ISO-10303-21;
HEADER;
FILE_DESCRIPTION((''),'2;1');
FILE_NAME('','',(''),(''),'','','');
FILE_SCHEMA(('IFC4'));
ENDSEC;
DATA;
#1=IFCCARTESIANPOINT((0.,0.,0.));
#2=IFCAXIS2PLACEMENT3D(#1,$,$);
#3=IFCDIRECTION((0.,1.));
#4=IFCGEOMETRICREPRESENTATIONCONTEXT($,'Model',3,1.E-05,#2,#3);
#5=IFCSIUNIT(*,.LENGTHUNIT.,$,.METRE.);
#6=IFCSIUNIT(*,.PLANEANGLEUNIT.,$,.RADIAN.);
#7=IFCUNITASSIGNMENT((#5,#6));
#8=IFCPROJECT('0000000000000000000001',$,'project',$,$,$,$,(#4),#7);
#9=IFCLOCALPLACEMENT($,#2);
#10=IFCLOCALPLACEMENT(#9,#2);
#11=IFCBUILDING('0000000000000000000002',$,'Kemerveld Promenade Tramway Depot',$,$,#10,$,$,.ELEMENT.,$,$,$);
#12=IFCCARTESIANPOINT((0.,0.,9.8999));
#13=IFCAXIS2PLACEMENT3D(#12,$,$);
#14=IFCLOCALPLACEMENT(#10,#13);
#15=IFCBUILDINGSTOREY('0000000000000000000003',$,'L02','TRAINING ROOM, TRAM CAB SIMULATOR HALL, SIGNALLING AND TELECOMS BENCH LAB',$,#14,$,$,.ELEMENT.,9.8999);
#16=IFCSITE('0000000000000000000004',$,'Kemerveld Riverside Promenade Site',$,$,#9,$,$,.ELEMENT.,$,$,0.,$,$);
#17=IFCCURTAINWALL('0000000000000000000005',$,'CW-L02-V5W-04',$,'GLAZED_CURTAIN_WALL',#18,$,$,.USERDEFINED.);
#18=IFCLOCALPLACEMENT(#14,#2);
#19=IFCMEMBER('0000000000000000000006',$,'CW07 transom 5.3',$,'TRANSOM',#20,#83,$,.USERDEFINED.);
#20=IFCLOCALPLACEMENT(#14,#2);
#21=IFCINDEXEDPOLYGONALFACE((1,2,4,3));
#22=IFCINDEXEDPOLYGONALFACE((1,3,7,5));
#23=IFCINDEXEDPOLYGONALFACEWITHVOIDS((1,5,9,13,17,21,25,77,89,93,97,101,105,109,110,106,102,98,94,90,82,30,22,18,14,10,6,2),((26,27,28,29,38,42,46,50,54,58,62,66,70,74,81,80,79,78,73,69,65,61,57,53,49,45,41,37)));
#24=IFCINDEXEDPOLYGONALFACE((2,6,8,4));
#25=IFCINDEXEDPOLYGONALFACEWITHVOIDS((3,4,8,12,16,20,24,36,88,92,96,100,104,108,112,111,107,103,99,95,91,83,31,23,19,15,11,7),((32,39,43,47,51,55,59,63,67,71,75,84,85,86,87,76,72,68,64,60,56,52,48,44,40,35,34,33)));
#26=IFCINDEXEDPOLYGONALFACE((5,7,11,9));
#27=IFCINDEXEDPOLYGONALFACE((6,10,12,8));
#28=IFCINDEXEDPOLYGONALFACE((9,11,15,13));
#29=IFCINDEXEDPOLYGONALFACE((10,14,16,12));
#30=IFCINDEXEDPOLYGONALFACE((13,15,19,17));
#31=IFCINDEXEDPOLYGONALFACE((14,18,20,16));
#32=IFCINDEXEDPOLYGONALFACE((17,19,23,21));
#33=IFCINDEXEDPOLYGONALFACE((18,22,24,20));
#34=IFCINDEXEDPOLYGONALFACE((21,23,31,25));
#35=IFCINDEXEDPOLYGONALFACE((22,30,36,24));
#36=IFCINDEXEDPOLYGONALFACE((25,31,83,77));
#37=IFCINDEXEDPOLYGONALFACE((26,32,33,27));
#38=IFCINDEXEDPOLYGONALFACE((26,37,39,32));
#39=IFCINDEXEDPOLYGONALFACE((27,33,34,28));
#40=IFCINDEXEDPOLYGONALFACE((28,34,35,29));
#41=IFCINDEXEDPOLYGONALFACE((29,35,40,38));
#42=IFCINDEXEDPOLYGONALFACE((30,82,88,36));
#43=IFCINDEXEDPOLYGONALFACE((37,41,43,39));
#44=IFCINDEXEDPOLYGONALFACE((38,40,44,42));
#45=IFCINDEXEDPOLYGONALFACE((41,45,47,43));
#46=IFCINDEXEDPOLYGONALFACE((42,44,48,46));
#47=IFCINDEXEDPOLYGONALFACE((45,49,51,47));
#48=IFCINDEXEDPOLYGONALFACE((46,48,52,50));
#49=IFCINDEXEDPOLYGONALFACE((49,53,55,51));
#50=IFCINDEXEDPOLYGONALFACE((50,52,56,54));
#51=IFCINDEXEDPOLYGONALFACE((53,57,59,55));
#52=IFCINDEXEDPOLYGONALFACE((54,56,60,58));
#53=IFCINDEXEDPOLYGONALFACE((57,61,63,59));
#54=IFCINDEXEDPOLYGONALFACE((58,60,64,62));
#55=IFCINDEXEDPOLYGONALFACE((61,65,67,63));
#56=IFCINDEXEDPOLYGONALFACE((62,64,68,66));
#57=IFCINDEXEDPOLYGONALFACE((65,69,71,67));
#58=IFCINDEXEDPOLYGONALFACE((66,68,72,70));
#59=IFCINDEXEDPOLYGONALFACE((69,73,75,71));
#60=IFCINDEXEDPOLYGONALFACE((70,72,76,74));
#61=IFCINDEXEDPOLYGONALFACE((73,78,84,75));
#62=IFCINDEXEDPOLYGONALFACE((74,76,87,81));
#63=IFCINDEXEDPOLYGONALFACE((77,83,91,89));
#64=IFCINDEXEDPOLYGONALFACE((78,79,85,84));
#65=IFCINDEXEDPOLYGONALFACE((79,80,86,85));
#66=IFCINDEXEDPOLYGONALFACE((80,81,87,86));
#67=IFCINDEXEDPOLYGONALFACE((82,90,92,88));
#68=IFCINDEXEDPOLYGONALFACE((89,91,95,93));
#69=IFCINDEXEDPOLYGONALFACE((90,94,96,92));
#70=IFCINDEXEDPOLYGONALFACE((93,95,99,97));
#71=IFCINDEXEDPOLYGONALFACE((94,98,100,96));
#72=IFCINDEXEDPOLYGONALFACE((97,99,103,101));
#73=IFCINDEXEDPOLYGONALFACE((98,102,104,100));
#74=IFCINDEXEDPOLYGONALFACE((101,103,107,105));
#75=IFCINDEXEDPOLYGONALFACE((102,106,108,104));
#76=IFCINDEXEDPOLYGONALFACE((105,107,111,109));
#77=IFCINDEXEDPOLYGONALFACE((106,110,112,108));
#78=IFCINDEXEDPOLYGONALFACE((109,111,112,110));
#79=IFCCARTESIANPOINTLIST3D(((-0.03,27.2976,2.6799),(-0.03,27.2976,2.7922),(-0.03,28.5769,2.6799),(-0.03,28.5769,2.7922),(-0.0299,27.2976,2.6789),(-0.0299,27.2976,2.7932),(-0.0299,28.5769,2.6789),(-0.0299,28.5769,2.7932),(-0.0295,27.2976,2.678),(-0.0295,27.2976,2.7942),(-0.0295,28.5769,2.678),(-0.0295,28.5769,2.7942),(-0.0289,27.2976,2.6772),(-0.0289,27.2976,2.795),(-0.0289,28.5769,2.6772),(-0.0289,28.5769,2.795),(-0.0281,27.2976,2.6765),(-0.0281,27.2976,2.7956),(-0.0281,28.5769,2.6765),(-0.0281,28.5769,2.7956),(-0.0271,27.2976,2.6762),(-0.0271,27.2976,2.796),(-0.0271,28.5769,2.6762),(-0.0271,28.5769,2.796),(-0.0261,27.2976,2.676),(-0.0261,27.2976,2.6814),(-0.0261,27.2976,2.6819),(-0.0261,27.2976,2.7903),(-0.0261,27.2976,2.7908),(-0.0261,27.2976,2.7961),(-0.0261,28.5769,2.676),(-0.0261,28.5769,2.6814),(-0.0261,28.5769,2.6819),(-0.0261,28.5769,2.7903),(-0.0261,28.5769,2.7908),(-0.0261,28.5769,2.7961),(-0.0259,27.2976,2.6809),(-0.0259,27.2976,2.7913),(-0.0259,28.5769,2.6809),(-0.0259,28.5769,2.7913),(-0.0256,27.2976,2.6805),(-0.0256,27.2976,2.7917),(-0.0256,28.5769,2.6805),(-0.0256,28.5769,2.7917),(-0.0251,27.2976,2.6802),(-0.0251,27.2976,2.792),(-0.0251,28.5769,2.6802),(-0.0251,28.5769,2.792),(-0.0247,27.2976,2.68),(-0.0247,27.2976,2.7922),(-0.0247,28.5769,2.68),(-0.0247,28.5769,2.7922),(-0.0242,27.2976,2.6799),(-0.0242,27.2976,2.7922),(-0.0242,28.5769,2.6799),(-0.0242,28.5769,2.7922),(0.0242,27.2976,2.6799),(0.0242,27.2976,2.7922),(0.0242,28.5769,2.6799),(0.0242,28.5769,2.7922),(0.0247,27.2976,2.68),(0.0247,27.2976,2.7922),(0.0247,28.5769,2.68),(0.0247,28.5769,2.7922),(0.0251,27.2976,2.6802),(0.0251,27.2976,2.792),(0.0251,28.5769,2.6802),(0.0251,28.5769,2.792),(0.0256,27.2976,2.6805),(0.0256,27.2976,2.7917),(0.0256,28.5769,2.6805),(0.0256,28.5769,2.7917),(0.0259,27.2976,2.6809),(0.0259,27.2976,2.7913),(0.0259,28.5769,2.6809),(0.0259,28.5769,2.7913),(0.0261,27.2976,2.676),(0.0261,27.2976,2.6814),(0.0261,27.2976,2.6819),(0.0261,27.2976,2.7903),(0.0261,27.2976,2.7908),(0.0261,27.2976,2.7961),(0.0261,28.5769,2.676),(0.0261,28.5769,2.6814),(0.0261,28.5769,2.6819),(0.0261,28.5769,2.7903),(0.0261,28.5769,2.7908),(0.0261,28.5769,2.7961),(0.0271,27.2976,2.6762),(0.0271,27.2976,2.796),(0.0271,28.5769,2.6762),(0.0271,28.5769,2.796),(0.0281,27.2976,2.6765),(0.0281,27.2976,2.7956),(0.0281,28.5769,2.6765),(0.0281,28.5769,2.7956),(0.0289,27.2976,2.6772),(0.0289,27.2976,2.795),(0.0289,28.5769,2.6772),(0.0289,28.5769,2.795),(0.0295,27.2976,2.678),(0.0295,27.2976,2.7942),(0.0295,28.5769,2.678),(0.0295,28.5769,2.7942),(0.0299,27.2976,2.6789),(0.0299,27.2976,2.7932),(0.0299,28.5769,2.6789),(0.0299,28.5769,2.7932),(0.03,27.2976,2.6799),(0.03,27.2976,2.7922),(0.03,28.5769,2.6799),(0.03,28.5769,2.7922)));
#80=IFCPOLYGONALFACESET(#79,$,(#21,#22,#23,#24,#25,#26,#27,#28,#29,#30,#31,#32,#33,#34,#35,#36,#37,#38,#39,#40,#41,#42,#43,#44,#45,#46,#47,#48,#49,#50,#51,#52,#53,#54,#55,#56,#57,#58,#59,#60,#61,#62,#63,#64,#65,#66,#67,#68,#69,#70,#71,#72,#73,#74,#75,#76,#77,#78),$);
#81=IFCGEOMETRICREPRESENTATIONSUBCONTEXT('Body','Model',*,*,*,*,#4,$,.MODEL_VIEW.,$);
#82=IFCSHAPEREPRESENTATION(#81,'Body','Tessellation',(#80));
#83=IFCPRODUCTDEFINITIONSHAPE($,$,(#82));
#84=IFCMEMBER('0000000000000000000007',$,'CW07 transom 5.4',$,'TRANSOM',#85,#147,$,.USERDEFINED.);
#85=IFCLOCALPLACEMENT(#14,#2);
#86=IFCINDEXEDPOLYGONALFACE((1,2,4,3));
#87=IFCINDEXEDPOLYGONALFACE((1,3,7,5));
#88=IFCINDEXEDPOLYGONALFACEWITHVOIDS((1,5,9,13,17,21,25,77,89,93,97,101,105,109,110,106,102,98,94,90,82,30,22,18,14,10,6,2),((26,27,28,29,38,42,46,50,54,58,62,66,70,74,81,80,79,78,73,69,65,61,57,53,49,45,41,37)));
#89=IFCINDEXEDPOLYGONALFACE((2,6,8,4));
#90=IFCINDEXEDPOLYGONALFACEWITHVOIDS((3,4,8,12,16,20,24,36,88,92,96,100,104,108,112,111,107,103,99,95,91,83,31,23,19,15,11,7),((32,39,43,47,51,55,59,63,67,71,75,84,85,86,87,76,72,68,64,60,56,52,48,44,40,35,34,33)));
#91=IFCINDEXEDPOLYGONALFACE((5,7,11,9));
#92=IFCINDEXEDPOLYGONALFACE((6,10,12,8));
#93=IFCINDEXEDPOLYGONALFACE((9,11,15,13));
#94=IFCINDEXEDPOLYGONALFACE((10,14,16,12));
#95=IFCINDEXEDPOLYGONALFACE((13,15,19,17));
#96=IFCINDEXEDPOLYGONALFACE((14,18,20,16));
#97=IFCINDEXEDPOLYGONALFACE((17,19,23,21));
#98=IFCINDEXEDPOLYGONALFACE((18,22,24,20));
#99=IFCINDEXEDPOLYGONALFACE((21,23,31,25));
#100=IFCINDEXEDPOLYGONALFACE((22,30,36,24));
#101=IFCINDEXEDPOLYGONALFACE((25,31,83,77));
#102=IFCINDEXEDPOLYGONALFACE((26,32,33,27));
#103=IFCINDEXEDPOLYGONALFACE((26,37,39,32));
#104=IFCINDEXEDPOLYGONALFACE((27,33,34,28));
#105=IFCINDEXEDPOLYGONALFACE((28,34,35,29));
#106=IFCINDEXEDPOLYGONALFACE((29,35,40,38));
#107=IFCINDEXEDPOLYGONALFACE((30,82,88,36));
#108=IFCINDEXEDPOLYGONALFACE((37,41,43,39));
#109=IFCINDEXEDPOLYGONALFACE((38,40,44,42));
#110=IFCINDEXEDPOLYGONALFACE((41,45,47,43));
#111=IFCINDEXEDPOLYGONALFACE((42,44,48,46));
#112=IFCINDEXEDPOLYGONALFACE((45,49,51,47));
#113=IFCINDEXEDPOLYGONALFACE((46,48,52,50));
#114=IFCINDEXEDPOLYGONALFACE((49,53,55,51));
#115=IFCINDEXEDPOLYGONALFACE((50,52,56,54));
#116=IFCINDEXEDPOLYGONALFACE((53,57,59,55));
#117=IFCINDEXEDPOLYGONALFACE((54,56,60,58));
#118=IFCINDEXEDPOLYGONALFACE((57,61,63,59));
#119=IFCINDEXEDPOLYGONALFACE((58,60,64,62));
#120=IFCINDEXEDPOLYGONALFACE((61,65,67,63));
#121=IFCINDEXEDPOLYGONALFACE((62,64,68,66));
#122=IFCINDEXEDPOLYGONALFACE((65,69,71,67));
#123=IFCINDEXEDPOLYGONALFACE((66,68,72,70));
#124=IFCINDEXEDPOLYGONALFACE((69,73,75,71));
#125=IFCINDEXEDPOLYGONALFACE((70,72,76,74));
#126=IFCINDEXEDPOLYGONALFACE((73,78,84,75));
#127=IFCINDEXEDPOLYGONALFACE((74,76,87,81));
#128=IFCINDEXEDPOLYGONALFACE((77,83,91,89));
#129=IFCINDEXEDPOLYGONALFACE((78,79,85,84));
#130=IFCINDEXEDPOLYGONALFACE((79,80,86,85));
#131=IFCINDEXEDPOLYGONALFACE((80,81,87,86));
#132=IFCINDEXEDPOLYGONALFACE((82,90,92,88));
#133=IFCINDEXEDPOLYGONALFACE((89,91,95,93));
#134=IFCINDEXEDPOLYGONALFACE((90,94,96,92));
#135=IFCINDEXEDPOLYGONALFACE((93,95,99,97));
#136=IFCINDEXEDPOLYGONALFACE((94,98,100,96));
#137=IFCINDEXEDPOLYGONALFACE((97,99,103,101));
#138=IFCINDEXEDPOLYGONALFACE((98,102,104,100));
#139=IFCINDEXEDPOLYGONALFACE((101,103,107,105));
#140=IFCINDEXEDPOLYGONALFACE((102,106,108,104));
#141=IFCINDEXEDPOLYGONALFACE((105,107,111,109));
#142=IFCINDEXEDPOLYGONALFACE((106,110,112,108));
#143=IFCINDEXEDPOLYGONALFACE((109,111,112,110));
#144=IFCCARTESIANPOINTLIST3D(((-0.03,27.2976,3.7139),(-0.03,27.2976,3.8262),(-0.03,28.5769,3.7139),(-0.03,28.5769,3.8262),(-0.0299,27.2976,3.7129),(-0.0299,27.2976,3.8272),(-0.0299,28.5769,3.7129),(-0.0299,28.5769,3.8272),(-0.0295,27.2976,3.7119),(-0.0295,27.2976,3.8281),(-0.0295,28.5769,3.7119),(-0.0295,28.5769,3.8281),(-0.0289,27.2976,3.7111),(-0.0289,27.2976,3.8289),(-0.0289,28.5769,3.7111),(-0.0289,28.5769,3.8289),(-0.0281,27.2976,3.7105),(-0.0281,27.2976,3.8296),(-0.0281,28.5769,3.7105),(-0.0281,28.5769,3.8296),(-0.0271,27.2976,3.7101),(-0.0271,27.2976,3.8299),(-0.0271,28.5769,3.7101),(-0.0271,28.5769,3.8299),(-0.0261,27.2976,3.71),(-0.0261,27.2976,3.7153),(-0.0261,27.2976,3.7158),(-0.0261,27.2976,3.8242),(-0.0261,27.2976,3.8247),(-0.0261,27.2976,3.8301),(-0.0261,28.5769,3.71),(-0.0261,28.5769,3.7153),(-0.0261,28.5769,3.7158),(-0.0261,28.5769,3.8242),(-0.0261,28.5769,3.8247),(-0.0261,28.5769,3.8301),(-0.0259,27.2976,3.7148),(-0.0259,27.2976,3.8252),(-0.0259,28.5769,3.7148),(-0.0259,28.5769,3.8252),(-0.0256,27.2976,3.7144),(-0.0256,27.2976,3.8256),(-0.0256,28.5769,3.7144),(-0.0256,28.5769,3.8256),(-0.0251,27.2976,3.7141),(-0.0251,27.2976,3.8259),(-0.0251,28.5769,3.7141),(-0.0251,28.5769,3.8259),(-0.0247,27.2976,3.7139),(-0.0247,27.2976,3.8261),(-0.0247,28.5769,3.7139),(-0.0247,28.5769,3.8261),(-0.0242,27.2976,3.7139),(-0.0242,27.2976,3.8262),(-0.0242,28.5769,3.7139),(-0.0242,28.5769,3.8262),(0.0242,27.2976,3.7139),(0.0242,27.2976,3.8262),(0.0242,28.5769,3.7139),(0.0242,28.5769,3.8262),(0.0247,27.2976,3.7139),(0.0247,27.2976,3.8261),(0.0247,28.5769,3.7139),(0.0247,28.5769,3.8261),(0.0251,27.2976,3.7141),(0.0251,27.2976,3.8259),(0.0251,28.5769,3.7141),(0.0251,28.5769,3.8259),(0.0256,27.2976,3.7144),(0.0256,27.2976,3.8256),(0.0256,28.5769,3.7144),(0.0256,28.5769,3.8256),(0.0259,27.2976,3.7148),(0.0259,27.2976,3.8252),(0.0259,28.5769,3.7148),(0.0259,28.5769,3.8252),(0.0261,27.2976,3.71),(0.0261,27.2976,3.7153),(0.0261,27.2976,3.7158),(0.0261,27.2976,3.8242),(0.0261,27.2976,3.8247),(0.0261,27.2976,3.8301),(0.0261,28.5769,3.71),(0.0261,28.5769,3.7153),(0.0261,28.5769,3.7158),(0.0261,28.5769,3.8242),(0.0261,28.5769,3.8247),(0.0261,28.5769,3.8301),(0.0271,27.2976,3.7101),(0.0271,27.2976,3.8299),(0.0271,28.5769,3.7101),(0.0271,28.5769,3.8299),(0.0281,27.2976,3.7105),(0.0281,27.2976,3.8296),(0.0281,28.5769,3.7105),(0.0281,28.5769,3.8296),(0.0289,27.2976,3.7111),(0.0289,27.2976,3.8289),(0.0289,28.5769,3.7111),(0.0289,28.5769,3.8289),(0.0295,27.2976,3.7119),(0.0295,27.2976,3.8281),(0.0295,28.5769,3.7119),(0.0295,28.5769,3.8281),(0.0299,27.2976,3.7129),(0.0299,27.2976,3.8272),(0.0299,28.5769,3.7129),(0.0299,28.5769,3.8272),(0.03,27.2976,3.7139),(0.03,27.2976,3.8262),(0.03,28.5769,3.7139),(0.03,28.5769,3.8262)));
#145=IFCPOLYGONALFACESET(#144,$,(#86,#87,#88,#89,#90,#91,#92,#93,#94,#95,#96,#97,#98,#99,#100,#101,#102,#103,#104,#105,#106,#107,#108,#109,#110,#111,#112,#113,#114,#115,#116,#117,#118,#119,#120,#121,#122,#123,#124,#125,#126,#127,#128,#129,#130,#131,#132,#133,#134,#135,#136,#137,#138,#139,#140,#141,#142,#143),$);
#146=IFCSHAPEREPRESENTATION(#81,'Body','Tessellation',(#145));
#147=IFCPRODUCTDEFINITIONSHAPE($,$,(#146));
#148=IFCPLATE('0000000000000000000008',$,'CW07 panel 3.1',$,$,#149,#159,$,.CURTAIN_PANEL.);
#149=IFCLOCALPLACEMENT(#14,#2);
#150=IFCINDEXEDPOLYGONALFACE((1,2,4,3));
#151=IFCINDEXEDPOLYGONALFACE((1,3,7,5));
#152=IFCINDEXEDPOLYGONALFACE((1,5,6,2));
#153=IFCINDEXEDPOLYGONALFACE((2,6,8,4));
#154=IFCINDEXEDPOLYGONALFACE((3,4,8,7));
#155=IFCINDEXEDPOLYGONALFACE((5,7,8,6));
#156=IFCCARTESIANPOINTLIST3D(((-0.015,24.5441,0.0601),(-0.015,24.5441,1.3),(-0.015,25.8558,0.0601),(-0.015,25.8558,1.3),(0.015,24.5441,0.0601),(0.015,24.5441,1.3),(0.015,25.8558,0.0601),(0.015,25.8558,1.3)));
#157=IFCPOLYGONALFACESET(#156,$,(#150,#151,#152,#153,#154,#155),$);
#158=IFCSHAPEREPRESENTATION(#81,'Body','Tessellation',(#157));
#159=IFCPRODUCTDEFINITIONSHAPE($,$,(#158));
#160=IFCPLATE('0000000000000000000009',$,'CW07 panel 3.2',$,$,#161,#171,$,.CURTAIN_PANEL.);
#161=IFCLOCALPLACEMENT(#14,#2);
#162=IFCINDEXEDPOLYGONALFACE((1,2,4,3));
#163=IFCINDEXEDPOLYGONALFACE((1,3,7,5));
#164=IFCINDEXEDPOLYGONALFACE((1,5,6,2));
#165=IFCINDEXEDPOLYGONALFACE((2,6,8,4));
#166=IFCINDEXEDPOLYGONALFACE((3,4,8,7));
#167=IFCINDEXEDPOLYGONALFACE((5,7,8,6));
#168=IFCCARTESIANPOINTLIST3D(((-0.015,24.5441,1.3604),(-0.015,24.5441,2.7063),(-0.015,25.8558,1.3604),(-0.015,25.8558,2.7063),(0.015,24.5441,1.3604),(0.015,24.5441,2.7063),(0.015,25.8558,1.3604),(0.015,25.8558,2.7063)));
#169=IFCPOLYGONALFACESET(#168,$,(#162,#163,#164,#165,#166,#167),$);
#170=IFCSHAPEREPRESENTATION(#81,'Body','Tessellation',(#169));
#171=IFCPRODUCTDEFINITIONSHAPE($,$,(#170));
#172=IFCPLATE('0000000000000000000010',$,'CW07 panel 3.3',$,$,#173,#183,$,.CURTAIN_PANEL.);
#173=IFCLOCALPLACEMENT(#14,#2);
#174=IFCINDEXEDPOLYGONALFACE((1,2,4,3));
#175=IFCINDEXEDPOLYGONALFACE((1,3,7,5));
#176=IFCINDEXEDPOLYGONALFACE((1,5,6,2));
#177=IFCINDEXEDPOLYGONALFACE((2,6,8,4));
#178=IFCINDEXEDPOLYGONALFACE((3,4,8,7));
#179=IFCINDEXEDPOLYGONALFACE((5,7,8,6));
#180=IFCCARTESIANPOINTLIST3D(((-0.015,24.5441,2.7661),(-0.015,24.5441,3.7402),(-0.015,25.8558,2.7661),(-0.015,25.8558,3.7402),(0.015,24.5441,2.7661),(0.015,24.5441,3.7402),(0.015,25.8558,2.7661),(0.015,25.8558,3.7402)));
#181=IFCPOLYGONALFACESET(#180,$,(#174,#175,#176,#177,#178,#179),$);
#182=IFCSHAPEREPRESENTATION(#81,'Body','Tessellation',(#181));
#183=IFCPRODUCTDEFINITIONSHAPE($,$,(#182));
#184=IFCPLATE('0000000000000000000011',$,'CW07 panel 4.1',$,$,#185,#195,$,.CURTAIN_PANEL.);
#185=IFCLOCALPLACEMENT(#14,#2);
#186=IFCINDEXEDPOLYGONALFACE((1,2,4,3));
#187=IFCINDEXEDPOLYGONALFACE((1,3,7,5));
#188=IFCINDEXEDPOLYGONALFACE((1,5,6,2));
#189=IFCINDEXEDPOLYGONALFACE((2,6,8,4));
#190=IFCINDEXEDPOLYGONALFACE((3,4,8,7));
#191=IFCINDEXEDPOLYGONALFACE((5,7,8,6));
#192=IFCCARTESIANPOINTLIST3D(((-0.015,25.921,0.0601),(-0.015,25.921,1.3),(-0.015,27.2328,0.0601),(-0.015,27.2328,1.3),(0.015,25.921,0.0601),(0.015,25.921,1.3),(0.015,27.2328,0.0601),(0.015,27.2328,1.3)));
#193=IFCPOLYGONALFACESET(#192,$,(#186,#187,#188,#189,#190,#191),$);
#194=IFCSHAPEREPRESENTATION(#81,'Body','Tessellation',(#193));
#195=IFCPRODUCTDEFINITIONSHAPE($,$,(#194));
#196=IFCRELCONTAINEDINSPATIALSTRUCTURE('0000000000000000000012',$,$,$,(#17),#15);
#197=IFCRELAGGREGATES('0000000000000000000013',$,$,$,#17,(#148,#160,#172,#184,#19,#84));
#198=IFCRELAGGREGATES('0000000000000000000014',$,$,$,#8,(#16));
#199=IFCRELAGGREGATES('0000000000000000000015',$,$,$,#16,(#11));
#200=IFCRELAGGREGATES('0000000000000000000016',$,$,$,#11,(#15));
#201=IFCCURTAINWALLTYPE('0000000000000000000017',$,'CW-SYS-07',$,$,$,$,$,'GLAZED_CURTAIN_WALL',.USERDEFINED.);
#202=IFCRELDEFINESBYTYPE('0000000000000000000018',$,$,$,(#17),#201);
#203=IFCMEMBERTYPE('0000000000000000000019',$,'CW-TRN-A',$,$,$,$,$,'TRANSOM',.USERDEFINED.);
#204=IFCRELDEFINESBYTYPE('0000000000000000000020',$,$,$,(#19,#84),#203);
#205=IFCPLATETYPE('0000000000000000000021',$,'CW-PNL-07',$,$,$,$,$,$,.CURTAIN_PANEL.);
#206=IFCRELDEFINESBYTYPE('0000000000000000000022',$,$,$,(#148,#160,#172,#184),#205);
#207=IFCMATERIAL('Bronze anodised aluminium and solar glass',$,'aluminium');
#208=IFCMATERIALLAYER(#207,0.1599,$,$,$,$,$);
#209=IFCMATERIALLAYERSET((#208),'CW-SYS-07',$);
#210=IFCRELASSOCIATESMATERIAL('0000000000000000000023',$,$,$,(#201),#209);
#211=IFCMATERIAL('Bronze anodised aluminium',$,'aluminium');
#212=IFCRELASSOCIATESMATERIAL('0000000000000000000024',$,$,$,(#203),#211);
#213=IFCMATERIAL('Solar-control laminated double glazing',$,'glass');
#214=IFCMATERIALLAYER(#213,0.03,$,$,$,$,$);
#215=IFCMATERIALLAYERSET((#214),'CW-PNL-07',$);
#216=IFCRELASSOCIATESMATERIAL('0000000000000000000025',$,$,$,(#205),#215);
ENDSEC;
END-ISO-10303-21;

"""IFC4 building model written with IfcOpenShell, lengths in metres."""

from ifc_helpers import new_model, si_unit, direction, frame, origin, origin_2d, place, context, subcontext, project, spatial, rectangle, hollow_rectangle, extrude, material, layer, layer_set, material_profile, profile_set, type_object, element, aggregate, save


model = new_model("IFC4")

# Units and contexts
model_context = context("Model", 3, precision=1e-05, world=origin(), true_north=direction((0.0, 1.0)))
body_context = subcontext(model_context, "Body", "Model", "MODEL_VIEW")
ifc_project = project(units=[si_unit("LENGTHUNIT", "METRE"), si_unit("PLANEANGLEUNIT", "RADIAN")], contexts=[model_context])

# Site, building, storey
site_placement = place(None, origin())
site = spatial("IfcSite", under=ifc_project, at=site_placement, Name="Kemerveld Riverside Promenade Site", CompositionType="ELEMENT", RefElevation=0.0)
building_placement = place(site_placement, origin())
building = spatial("IfcBuilding", under=site, at=building_placement, Name="Kemerveld Promenade Tramway Depot", CompositionType="ELEMENT")
storey_placement = place(building_placement, frame((0.0, 0.0, 9.8999)))
storey = spatial("IfcBuildingStorey", under=building, at=storey_placement, Name="L02", Description="TRAINING ROOM, TRAM CAB SIMULATOR HALL, SIGNALLING AND TELECOMS BENCH LAB", CompositionType="ELEMENT", Elevation=9.8999)

# Curtain wall, members, plates
ifc_material_1 = material(Name="Bronze anodised aluminium and solar glass", Category="aluminium")
ifc_layer_1 = layer(ifc_material_1, 0.1599)
ifc_layer_set_1 = layer_set([ifc_layer_1], Name="CW-SYS-07")
curtain_wall_type = type_object("IfcCurtainWallType", Name="CW-SYS-07", ElementType="GLAZED_CURTAIN_WALL", PredefinedType="USERDEFINED", material=ifc_layer_set_1)
curtain_wall_placement = place(storey_placement, origin())
curtain_wall = element("IfcCurtainWall", 1, at=curtain_wall_placement, inside=storey, type_object=curtain_wall_type, Name="CW-L02-V5W-04", ObjectType="GLAZED_CURTAIN_WALL", PredefinedType="USERDEFINED")
ifc_material_2 = material(Name="Bronze anodised aluminium", Category="aluminium")
ifc_material_profile_1 = material_profile(ifc_material_2, hollow_rectangle(XDim=0.0601, YDim=0.1201, WallThickness=0.0039, InnerFilletRadius=0.002, OuterFilletRadius=0.0039, at=origin_2d()), Name="CW-TRN-120x60")
ifc_profile_set_1 = profile_set([ifc_material_profile_1], Name="Bronze anodised aluminium")
member_type_1 = type_object("IfcMemberType", Name="CW-TRN-A", ElementType="TRANSOM", PredefinedType="USERDEFINED", material=ifc_profile_set_1)
member_1_placement = place(storey_placement, frame((0.0, 27.2976, 2.7361), z_axis=(0.0, 1.0, 0.0), x_axis=(-1.0, 0.0, 0.0)))
member_1 = element("IfcMember", 2, at=member_1_placement, type_object=member_type_1, Name="CW07 transom 5.3", ObjectType="TRANSOM", PredefinedType="USERDEFINED", context=body_context, shape_type="SweptSolid", body=[
    extrude(hollow_rectangle(XDim=0.0601, YDim=0.1201, WallThickness=0.0039, InnerFilletRadius=0.002, OuterFilletRadius=0.0039, at=origin_2d()), origin(), (0.0, 0.0, 1.0), 1.2793),
])
member_2_placement = place(storey_placement, frame((0.0, 27.2976, 3.77), z_axis=(0.0, 1.0, 0.0), x_axis=(-1.0, 0.0, 0.0)))
member_2 = element("IfcMember", 3, at=member_2_placement, type_object=member_type_1, Name="CW07 transom 5.4", ObjectType="TRANSOM", PredefinedType="USERDEFINED", context=body_context, shape_type="SweptSolid", body=[
    extrude(hollow_rectangle(XDim=0.0601, YDim=0.1201, WallThickness=0.0039, InnerFilletRadius=0.002, OuterFilletRadius=0.0039, at=origin_2d()), origin(), (0.0, 0.0, 1.0), 1.2793),
])
ifc_material_3 = material(Name="Solar-control laminated double glazing", Category="glass")
ifc_layer_2 = layer(ifc_material_3, 0.03)
ifc_layer_set_2 = layer_set([ifc_layer_2], Name="CW-PNL-07")
plate_type = type_object("IfcPlateType", Name="CW-PNL-07", PredefinedType="CURTAIN_PANEL", material=ifc_layer_set_2)
plate_1_placement = place(storey_placement, frame((0.0, 25.2, 0.0601), z_axis=(0.0, 0.0, 1.0), x_axis=(0.0, 1.0, 0.0)))
plate_1 = element("IfcPlate", 4, at=plate_1_placement, type_object=plate_type, Name="CW07 panel 3.1", PredefinedType="CURTAIN_PANEL", context=body_context, shape_type="SweptSolid", body=[
    extrude(rectangle(XDim=1.3118, YDim=0.03, at=origin_2d()), origin(), (0.0, 0.0, 1.0), 1.24),
])
plate_2_placement = place(storey_placement, frame((0.0, 25.2, 1.3604), z_axis=(0.0, 0.0, 1.0), x_axis=(0.0, 1.0, 0.0)))
plate_2 = element("IfcPlate", 5, at=plate_2_placement, type_object=plate_type, Name="CW07 panel 3.2", PredefinedType="CURTAIN_PANEL", context=body_context, shape_type="SweptSolid", body=[
    extrude(rectangle(XDim=1.3118, YDim=0.03, at=origin_2d()), origin(), (0.0, 0.0, 1.0), 1.3459),
])
plate_3_placement = place(storey_placement, frame((0.0, 25.2, 2.7661), z_axis=(0.0, 0.0, 1.0), x_axis=(0.0, 1.0, 0.0)))
plate_3 = element("IfcPlate", 6, at=plate_3_placement, type_object=plate_type, Name="CW07 panel 3.3", PredefinedType="CURTAIN_PANEL", context=body_context, shape_type="SweptSolid", body=[
    extrude(rectangle(XDim=1.3118, YDim=0.03, at=origin_2d()), origin(), (0.0, 0.0, 1.0), 0.9741),
])
plate_4_placement = place(storey_placement, frame((0.0, 26.5769, 0.0601), z_axis=(0.0, 0.0, 1.0), x_axis=(0.0, 1.0, 0.0)))
plate_4 = element("IfcPlate", 7, at=plate_4_placement, type_object=plate_type, Name="CW07 panel 4.1", PredefinedType="CURTAIN_PANEL", context=body_context, shape_type="SweptSolid", body=[
    extrude(rectangle(XDim=1.3118, YDim=0.03, at=origin_2d()), origin(), (0.0, 0.0, 1.0), 1.24),
])
aggregate(curtain_wall, [plate_1, plate_2, plate_3, plate_4, member_1, member_2])

save(model, "model.ifc")
